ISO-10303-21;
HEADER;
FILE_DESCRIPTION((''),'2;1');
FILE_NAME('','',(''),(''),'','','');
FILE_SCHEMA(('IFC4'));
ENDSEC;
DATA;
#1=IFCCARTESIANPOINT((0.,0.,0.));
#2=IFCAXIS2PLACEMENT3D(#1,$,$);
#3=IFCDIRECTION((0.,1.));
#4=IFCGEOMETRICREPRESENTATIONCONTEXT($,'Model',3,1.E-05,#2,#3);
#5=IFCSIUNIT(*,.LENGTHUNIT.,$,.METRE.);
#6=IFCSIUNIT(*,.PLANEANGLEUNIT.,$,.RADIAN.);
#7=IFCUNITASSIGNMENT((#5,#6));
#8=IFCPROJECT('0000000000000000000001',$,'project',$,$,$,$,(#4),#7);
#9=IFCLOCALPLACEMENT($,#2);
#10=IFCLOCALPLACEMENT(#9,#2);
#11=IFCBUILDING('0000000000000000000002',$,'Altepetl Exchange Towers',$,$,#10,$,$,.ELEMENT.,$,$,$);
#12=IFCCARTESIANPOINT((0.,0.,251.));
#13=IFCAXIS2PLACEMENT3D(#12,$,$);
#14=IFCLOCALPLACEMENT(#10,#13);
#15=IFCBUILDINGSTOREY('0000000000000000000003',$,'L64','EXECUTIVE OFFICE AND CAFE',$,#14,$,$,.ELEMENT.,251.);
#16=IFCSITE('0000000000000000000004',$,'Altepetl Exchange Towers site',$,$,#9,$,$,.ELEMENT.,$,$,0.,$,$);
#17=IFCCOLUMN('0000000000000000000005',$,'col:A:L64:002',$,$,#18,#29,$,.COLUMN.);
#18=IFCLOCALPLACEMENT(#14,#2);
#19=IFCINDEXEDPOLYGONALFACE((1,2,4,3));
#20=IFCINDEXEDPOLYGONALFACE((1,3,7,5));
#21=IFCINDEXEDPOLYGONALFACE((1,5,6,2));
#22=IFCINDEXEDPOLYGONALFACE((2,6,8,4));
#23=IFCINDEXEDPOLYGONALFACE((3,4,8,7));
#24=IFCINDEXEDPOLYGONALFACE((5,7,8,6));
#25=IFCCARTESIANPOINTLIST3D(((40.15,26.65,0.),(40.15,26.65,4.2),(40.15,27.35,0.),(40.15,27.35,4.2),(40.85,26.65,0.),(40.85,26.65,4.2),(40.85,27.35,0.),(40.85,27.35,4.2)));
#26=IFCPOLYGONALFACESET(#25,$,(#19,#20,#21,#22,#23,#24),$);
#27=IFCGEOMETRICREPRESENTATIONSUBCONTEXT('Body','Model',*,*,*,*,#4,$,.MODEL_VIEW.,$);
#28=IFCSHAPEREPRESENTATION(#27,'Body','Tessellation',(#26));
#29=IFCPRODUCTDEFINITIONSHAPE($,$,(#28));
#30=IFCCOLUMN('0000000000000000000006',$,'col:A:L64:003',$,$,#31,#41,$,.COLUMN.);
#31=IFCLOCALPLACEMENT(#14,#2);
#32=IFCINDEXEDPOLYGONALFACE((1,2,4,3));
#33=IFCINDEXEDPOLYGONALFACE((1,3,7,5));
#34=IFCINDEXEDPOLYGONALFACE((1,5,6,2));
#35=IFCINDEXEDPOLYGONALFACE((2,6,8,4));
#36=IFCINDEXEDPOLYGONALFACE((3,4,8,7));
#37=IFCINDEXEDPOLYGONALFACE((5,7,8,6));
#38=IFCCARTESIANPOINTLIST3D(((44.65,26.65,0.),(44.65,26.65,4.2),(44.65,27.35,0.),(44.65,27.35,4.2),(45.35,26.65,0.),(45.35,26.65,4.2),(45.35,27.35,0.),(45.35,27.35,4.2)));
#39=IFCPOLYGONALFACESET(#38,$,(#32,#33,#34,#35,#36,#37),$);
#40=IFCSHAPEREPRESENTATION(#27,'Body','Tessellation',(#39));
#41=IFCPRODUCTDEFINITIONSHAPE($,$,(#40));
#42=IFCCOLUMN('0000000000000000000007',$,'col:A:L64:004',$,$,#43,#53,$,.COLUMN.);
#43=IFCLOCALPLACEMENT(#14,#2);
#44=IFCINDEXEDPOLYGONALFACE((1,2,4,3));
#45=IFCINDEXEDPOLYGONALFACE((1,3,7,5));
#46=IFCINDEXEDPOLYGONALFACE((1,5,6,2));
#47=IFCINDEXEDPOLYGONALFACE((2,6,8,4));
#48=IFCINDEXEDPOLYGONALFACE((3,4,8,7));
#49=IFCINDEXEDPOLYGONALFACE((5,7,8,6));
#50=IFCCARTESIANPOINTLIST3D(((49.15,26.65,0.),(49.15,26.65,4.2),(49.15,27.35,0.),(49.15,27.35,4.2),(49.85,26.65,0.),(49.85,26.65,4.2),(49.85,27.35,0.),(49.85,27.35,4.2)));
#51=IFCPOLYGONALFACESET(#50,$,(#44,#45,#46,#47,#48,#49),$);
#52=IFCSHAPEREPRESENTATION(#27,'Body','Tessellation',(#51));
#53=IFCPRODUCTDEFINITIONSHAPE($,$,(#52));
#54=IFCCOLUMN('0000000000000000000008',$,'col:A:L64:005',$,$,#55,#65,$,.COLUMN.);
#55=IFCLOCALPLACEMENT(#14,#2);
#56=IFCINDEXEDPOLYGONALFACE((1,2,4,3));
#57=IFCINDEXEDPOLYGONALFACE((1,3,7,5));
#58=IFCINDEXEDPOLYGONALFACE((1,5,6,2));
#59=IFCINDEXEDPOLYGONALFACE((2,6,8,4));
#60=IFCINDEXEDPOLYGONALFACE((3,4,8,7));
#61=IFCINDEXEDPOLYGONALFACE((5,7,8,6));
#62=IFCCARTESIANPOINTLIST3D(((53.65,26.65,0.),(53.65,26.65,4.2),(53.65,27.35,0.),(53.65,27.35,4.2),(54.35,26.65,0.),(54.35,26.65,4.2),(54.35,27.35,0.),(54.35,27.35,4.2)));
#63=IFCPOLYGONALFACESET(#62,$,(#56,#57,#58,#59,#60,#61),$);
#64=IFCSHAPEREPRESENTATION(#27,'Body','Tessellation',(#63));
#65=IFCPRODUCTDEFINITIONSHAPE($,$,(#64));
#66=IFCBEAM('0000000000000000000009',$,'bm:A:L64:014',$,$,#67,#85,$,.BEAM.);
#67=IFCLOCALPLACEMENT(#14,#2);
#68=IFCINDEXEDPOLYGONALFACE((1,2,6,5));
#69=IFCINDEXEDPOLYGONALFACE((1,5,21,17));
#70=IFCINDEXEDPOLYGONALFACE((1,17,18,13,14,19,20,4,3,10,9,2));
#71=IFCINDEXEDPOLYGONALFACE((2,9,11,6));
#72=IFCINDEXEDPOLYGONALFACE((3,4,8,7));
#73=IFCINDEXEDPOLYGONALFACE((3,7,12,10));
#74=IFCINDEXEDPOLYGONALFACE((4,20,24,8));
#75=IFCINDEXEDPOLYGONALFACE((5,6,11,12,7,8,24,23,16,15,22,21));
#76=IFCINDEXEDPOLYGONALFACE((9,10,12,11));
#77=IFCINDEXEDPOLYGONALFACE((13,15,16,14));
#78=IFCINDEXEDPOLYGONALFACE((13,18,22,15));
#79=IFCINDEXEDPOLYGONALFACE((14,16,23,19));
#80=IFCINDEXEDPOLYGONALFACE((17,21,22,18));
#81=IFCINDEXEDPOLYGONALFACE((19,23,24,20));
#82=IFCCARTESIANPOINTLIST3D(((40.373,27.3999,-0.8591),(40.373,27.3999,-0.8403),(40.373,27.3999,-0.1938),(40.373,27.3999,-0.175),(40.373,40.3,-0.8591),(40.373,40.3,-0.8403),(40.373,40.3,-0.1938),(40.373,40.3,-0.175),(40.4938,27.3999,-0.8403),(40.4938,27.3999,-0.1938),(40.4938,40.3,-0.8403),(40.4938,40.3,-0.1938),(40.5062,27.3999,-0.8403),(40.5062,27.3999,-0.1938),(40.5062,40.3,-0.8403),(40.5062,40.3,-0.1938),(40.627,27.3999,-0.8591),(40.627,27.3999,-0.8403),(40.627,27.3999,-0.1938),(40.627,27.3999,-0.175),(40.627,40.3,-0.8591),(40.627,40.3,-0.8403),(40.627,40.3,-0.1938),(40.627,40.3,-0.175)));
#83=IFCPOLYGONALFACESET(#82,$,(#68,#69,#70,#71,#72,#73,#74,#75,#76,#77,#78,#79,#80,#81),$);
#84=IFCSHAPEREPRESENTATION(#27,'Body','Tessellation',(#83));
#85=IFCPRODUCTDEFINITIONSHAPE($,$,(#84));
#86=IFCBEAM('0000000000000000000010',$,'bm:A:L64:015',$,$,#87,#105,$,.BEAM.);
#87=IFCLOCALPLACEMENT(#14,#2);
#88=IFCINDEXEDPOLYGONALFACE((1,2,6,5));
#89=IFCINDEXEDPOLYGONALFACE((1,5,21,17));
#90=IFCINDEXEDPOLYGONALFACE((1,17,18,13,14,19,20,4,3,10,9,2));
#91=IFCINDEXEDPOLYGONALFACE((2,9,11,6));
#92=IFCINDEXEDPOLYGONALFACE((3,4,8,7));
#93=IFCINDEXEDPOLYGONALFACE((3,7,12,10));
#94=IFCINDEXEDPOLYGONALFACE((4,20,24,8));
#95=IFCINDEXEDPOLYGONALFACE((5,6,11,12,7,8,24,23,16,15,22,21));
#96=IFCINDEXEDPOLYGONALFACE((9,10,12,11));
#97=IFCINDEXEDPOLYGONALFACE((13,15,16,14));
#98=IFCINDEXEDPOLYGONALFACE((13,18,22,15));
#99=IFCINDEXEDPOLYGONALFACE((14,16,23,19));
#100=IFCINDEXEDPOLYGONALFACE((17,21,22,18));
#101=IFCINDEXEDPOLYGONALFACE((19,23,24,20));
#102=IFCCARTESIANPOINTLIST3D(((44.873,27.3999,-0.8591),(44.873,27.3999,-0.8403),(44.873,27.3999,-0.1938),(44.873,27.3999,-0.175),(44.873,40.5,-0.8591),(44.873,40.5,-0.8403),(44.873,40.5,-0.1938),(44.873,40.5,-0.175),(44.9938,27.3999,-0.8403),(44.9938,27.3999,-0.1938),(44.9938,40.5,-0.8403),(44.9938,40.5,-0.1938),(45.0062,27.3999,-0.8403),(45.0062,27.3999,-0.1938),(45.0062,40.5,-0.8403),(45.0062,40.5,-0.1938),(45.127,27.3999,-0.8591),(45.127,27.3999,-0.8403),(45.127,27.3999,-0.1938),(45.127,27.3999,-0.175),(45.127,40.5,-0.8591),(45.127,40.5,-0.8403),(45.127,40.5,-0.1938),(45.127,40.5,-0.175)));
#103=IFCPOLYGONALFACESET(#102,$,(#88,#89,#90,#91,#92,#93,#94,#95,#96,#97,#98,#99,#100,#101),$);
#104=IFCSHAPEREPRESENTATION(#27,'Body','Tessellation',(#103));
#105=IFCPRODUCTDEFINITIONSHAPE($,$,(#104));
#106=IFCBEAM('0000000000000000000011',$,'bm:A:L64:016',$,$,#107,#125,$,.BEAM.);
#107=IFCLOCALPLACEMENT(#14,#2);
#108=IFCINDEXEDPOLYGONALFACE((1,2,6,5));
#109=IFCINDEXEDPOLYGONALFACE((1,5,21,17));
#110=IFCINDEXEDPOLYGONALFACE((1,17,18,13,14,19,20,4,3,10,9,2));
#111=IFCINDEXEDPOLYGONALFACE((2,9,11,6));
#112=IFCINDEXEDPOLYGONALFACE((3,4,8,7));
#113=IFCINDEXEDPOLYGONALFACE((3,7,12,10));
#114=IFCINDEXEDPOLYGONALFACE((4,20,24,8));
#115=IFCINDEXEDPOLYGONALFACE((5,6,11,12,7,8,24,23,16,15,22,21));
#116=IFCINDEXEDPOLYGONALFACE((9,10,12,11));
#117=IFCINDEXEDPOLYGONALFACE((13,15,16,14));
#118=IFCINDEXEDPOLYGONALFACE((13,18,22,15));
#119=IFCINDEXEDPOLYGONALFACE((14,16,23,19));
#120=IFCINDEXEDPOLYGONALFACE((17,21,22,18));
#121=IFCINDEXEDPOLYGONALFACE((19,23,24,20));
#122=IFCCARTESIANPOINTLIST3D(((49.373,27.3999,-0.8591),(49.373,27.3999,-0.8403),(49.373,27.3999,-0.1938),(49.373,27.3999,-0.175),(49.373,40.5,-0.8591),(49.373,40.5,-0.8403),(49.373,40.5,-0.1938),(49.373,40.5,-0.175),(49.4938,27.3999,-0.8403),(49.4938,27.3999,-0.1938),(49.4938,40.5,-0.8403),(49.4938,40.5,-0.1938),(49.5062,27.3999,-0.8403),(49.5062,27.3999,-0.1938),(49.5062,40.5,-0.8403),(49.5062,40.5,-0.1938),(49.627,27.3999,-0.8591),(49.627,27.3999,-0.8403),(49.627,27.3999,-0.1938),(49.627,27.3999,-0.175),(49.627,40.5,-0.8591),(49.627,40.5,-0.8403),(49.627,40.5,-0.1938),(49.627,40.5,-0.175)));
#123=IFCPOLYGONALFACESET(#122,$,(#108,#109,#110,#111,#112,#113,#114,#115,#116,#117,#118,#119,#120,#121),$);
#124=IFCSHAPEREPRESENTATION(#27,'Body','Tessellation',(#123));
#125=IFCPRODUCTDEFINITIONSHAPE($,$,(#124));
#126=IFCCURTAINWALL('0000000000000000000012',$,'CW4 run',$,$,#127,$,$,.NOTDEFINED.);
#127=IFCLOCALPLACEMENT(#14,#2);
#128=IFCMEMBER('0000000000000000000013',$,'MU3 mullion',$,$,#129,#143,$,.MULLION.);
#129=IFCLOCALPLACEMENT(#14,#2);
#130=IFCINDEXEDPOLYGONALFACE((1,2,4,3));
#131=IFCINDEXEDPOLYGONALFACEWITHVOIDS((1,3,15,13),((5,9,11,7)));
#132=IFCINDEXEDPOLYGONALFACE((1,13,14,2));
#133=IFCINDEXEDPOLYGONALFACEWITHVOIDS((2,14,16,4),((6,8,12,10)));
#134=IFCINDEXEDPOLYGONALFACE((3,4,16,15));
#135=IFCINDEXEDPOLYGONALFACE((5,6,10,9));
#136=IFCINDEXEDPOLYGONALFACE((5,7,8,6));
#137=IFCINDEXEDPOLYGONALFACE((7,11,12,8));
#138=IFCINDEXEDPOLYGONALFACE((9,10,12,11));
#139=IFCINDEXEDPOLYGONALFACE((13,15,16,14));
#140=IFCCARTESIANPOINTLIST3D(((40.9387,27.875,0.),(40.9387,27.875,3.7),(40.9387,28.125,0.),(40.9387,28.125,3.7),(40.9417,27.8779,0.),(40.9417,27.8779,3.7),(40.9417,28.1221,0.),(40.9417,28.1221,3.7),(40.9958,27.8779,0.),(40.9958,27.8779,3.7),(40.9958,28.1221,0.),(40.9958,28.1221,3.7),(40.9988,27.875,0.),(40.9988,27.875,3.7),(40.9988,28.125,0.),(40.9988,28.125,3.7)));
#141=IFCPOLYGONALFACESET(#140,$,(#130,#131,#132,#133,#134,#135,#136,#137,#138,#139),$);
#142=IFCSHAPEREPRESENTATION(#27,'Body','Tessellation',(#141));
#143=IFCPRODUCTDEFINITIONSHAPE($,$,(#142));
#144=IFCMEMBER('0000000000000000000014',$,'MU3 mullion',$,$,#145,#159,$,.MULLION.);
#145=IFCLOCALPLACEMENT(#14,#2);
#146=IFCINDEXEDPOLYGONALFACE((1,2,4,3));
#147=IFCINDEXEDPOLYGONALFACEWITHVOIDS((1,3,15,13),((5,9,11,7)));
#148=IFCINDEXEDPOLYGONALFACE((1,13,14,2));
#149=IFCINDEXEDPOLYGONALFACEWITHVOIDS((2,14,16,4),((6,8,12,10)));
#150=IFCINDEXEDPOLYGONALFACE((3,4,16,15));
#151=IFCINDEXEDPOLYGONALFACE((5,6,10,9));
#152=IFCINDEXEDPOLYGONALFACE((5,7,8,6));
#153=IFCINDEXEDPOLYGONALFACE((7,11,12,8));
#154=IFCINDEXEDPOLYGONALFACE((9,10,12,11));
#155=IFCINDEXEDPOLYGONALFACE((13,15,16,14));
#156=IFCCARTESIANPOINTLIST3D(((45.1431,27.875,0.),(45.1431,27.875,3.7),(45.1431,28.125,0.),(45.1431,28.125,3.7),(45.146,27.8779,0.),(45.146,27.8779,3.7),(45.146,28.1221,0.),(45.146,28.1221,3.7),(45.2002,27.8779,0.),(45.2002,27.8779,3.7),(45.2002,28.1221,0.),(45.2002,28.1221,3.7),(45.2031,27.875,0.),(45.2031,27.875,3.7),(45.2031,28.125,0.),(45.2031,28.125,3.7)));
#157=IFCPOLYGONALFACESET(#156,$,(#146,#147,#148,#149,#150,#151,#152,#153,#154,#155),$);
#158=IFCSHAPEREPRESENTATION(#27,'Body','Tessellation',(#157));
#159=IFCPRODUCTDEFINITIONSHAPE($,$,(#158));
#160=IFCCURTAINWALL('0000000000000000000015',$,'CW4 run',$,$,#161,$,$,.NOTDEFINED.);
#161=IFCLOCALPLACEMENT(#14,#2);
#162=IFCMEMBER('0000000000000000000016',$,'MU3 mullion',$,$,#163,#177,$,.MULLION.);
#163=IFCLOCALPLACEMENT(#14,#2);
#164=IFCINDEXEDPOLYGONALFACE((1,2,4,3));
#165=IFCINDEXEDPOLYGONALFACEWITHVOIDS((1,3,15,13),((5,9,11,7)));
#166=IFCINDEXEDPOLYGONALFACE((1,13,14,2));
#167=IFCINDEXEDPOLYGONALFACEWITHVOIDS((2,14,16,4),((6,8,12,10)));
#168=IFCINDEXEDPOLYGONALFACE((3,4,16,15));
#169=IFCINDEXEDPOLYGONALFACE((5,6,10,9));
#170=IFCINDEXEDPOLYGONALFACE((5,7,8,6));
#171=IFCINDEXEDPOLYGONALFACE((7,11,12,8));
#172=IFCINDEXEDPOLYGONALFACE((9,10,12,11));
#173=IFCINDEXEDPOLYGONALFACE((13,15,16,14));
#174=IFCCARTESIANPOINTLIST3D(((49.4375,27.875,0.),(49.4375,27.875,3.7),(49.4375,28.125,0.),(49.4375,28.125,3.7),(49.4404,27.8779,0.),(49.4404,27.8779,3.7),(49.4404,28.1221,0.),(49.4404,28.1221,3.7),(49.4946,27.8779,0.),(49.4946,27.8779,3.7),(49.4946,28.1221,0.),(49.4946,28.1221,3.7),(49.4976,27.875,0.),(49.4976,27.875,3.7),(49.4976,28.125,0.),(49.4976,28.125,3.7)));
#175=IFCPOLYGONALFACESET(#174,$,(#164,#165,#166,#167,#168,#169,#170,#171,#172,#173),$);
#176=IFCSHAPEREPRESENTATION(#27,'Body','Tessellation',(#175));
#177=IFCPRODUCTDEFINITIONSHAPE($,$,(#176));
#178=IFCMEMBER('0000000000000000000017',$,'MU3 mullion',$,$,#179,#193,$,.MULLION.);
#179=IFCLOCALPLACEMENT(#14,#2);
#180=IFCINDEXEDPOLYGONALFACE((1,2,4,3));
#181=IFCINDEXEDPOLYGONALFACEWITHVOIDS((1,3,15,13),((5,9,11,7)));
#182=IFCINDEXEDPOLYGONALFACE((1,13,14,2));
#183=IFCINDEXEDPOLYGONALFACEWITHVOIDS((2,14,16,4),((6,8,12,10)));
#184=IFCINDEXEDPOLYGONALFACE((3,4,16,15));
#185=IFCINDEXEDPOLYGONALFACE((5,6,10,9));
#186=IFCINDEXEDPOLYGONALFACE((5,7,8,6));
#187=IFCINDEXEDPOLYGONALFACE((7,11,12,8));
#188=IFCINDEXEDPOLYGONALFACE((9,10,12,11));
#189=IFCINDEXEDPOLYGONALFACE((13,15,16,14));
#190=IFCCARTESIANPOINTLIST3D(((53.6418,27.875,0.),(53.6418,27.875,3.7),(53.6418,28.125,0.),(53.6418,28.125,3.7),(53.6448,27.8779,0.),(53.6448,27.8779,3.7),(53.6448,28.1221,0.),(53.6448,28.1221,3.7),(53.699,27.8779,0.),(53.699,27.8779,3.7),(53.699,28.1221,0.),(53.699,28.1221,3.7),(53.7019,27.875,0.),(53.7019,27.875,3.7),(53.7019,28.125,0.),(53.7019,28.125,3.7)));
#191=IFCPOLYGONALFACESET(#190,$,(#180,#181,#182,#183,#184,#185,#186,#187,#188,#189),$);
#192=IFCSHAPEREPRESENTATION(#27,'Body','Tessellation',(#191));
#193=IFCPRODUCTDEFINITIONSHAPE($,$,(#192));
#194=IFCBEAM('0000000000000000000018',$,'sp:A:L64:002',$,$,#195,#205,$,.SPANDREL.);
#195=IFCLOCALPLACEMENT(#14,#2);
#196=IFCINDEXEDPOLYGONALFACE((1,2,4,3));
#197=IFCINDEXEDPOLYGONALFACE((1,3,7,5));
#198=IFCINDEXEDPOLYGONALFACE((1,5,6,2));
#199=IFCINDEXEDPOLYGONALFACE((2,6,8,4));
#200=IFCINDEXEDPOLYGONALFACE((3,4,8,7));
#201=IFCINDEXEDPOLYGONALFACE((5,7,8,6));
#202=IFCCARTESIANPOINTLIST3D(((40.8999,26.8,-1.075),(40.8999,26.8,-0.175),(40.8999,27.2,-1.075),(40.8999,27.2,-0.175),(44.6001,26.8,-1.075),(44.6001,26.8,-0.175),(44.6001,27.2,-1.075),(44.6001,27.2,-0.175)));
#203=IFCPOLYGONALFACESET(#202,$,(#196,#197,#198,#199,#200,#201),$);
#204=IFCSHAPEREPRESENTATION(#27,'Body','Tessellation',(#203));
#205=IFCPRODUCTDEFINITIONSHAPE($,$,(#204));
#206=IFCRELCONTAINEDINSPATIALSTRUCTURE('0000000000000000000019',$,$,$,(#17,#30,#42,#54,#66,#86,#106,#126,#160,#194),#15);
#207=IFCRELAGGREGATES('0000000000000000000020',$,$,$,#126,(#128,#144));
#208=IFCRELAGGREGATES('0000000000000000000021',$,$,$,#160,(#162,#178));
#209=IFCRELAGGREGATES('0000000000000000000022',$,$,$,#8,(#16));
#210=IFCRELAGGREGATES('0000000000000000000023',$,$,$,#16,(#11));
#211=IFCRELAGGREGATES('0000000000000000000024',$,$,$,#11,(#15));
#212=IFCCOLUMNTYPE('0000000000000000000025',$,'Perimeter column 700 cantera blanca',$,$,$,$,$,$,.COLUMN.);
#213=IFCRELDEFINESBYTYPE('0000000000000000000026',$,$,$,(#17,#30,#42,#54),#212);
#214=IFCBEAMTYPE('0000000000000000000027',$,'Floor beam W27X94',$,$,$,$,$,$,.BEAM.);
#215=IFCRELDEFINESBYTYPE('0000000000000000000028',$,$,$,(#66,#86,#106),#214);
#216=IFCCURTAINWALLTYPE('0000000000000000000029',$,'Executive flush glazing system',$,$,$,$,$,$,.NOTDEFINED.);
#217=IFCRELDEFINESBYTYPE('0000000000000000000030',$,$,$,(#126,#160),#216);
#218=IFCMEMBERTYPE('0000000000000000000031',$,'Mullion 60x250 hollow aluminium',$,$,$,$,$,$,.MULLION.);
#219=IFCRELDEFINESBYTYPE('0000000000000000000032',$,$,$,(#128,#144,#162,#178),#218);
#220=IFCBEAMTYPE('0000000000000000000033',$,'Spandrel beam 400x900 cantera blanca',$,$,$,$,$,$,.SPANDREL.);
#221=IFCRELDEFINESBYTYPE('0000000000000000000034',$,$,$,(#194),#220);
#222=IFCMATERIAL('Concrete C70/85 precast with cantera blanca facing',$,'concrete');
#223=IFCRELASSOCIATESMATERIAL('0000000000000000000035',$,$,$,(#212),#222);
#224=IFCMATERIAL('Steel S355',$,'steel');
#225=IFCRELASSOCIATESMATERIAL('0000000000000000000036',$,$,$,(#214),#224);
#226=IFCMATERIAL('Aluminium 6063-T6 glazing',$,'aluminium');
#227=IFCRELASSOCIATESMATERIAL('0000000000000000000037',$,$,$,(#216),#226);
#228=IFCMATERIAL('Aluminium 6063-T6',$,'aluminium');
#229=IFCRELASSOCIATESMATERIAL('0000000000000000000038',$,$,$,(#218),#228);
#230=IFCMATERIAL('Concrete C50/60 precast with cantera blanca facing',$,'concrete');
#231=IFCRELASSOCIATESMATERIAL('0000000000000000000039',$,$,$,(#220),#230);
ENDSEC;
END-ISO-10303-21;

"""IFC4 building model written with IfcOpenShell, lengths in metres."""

from ifc_helpers import new_model, si_unit, direction, frame, origin, origin_2d, place, context, subcontext, project, spatial, rectangle, hollow_rectangle, i_section, extrude, material, material_profile, profile_set, type_object, element, aggregate, save


model = new_model("IFC4")

# Units and contexts
model_context = context("Model", 3, precision=1e-05, world=origin(), true_north=direction((0.0, 1.0)))
body_context = subcontext(model_context, "Body", "Model", "MODEL_VIEW")
ifc_project = project(units=[si_unit("LENGTHUNIT", "METRE"), si_unit("PLANEANGLEUNIT", "RADIAN")], contexts=[model_context])

# Site, building, storey
site_placement = place(None, origin())
site = spatial("IfcSite", under=ifc_project, at=site_placement, Name="Altepetl Exchange Towers site", CompositionType="ELEMENT", RefElevation=0.0)
building_placement = place(site_placement, origin())
building = spatial("IfcBuilding", under=site, at=building_placement, Name="Altepetl Exchange Towers", CompositionType="ELEMENT")
storey_placement = place(building_placement, frame((0.0, 0.0, 251.0)))
storey = spatial("IfcBuildingStorey", under=building, at=storey_placement, Name="L64", Description="EXECUTIVE OFFICE AND CAFE", CompositionType="ELEMENT", Elevation=251.0)

# Columns
ifc_material_1 = material(Name="Concrete C70/85 precast with cantera blanca facing", Category="concrete")
ifc_material_profile_1 = material_profile(ifc_material_1, rectangle(XDim=0.7, YDim=0.7, at=origin_2d()), Name="700 x 700")
ifc_profile_set_1 = profile_set([ifc_material_profile_1], Name="Concrete C70/85 precast with cantera blanca facing")
column_type = type_object("IfcColumnType", Name="Perimeter column 700 cantera blanca", PredefinedType="COLUMN", material=ifc_profile_set_1)
for number, where, name in (
    (1, (40.5, 27.0, 0.0), "col:A:L64:002"),
    (2, (45.0, 27.0, 0.0), "col:A:L64:003"),
    (3, (49.5, 27.0, 0.0), "col:A:L64:004"),
    (4, (54.0, 27.0, 0.0), "col:A:L64:005"),
):
    element("IfcColumn", number, at=place(storey_placement, frame(where)), inside=storey, type_object=column_type, Name=name, PredefinedType="COLUMN", context=body_context, shape_type="SweptSolid", body=[
        extrude(rectangle(XDim=0.7, YDim=0.7, at=origin_2d()), origin(), (0.0, 0.0, 1.0), 4.2),
    ])

# Beams
ifc_material_2 = material(Name="Steel S355", Category="steel")
ifc_material_profile_2 = material_profile(ifc_material_2, i_section(OverallWidth=0.2539, OverallDepth=0.6841, WebThickness=0.0125, FlangeThickness=0.0188, at=origin_2d()), Name="W27X94")
ifc_profile_set_2 = profile_set([ifc_material_profile_2], Name="Steel S355")
beam_type_1 = type_object("IfcBeamType", Name="Floor beam W27X94", PredefinedType="BEAM", material=ifc_profile_set_2)
beam_placement = place(storey_placement, frame((40.5, 27.3999, -0.5171), z_axis=(0.0, 1.0, 0.0), x_axis=(-1.0, 0.0, 0.0)))
element("IfcBeam", 5, at=beam_placement, inside=storey, type_object=beam_type_1, Name="bm:A:L64:014", PredefinedType="BEAM", context=body_context, shape_type="SweptSolid", body=[
    extrude(i_section(OverallWidth=0.2539, OverallDepth=0.6841, WebThickness=0.0125, FlangeThickness=0.0188, at=origin_2d()), origin(), (0.0, 0.0, 1.0), 12.9001),
])
for number, where, z_axis, x_axis, name in (
    (6, (45.0, 27.3999, -0.5171), (0.0, 1.0, 0.0), (-1.0, 0.0, 0.0), "bm:A:L64:015"),
    (7, (49.5, 27.3999, -0.5171), (0.0, 1.0, 0.0), (-1.0, 0.0, 0.0), "bm:A:L64:016"),
):
    element("IfcBeam", number, at=place(storey_placement, frame(where, z_axis=z_axis, x_axis=x_axis)), inside=storey, type_object=beam_type_1, Name=name, PredefinedType="BEAM", context=body_context, shape_type="SweptSolid", body=[
        extrude(i_section(OverallWidth=0.2539, OverallDepth=0.6841, WebThickness=0.0125, FlangeThickness=0.0188, at=origin_2d()), origin(), (0.0, 0.0, 1.0), 13.1001),
    ])

# Curtain walls, members
ifc_material_3 = material(Name="Aluminium 6063-T6 glazing", Category="aluminium")
curtain_wall_type = type_object("IfcCurtainWallType", Name="Executive flush glazing system", PredefinedType="NOTDEFINED", material=ifc_material_3)
curtain_wall_1_placement = place(storey_placement, origin())
curtain_wall_1 = element("IfcCurtainWall", 8, at=curtain_wall_1_placement, inside=storey, type_object=curtain_wall_type, Name="CW4 run", PredefinedType="NOTDEFINED")
ifc_material_4 = material(Name="Aluminium 6063-T6", Category="aluminium")
ifc_material_profile_3 = material_profile(ifc_material_4, hollow_rectangle(XDim=0.0601, YDim=0.25, WallThickness=0.0029, at=origin_2d()), Name="Mullion 60x250 hollow aluminium")
ifc_profile_set_3 = profile_set([ifc_material_profile_3], Name="Aluminium 6063-T6")
member_type_1 = type_object("IfcMemberType", Name="Mullion 60x250 hollow aluminium", PredefinedType="MULLION", material=ifc_profile_set_3)
member_1_placement = place(storey_placement, frame((40.9688, 28.0, 0.0)))
member_1 = element("IfcMember", 9, at=member_1_placement, type_object=member_type_1, Name="MU3 mullion", PredefinedType="MULLION", context=body_context, shape_type="SweptSolid", body=[
    extrude(hollow_rectangle(XDim=0.0601, YDim=0.25, WallThickness=0.0029, at=origin_2d()), origin(), (0.0, 0.0, 1.0), 3.7),
])
member_2_placement = place(storey_placement, frame((45.1731, 28.0, 0.0)))
member_2 = element("IfcMember", 10, at=member_2_placement, type_object=member_type_1, Name="MU3 mullion", PredefinedType="MULLION", context=body_context, shape_type="SweptSolid", body=[
    extrude(hollow_rectangle(XDim=0.0601, YDim=0.25, WallThickness=0.0029, at=origin_2d()), origin(), (0.0, 0.0, 1.0), 3.7),
])
curtain_wall_2_placement = place(storey_placement, origin())
curtain_wall_2 = element("IfcCurtainWall", 11, at=curtain_wall_2_placement, inside=storey, type_object=curtain_wall_type, Name="CW4 run", PredefinedType="NOTDEFINED")
member_3_placement = place(storey_placement, frame((49.4675, 28.0, 0.0)))
member_3 = element("IfcMember", 12, at=member_3_placement, type_object=member_type_1, Name="MU3 mullion", PredefinedType="MULLION", context=body_context, shape_type="SweptSolid", body=[
    extrude(hollow_rectangle(XDim=0.0601, YDim=0.25, WallThickness=0.0029, at=origin_2d()), origin(), (0.0, 0.0, 1.0), 3.7),
])
member_4_placement = place(storey_placement, frame((53.6719, 28.0, 0.0)))
member_4 = element("IfcMember", 13, at=member_4_placement, type_object=member_type_1, Name="MU3 mullion", PredefinedType="MULLION", context=body_context, shape_type="SweptSolid", body=[
    extrude(hollow_rectangle(XDim=0.0601, YDim=0.25, WallThickness=0.0029, at=origin_2d()), origin(), (0.0, 0.0, 1.0), 3.7),
])

# Beam
ifc_material_5 = material(Name="Concrete C50/60 precast with cantera blanca facing", Category="concrete")
ifc_material_profile_4 = material_profile(ifc_material_5, rectangle(XDim=0.3999, YDim=0.8999, at=origin_2d()), Name="400 x 900")
ifc_profile_set_4 = profile_set([ifc_material_profile_4], Name="Concrete C50/60 precast with cantera blanca facing")
beam_type_2 = type_object("IfcBeamType", Name="Spandrel beam 400x900 cantera blanca", PredefinedType="SPANDREL", material=ifc_profile_set_4)
for number, where, z_axis, x_axis, name in (
    (14, (40.8999, 27.0, -0.625), (1.0, 0.0, 0.0), (0.0, 1.0, 0.0), "sp:A:L64:002"),
):
    element("IfcBeam", number, at=place(storey_placement, frame(where, z_axis=z_axis, x_axis=x_axis)), inside=storey, type_object=beam_type_2, Name=name, PredefinedType="SPANDREL", context=body_context, shape_type="SweptSolid", body=[
        extrude(rectangle(XDim=0.3999, YDim=0.8999, at=origin_2d()), origin(), (0.0, 0.0, 1.0), 3.7002),
    ])

aggregate(curtain_wall_1, [member_1, member_2])
aggregate(curtain_wall_2, [member_3, member_4])

save(model, "model.ifc")
